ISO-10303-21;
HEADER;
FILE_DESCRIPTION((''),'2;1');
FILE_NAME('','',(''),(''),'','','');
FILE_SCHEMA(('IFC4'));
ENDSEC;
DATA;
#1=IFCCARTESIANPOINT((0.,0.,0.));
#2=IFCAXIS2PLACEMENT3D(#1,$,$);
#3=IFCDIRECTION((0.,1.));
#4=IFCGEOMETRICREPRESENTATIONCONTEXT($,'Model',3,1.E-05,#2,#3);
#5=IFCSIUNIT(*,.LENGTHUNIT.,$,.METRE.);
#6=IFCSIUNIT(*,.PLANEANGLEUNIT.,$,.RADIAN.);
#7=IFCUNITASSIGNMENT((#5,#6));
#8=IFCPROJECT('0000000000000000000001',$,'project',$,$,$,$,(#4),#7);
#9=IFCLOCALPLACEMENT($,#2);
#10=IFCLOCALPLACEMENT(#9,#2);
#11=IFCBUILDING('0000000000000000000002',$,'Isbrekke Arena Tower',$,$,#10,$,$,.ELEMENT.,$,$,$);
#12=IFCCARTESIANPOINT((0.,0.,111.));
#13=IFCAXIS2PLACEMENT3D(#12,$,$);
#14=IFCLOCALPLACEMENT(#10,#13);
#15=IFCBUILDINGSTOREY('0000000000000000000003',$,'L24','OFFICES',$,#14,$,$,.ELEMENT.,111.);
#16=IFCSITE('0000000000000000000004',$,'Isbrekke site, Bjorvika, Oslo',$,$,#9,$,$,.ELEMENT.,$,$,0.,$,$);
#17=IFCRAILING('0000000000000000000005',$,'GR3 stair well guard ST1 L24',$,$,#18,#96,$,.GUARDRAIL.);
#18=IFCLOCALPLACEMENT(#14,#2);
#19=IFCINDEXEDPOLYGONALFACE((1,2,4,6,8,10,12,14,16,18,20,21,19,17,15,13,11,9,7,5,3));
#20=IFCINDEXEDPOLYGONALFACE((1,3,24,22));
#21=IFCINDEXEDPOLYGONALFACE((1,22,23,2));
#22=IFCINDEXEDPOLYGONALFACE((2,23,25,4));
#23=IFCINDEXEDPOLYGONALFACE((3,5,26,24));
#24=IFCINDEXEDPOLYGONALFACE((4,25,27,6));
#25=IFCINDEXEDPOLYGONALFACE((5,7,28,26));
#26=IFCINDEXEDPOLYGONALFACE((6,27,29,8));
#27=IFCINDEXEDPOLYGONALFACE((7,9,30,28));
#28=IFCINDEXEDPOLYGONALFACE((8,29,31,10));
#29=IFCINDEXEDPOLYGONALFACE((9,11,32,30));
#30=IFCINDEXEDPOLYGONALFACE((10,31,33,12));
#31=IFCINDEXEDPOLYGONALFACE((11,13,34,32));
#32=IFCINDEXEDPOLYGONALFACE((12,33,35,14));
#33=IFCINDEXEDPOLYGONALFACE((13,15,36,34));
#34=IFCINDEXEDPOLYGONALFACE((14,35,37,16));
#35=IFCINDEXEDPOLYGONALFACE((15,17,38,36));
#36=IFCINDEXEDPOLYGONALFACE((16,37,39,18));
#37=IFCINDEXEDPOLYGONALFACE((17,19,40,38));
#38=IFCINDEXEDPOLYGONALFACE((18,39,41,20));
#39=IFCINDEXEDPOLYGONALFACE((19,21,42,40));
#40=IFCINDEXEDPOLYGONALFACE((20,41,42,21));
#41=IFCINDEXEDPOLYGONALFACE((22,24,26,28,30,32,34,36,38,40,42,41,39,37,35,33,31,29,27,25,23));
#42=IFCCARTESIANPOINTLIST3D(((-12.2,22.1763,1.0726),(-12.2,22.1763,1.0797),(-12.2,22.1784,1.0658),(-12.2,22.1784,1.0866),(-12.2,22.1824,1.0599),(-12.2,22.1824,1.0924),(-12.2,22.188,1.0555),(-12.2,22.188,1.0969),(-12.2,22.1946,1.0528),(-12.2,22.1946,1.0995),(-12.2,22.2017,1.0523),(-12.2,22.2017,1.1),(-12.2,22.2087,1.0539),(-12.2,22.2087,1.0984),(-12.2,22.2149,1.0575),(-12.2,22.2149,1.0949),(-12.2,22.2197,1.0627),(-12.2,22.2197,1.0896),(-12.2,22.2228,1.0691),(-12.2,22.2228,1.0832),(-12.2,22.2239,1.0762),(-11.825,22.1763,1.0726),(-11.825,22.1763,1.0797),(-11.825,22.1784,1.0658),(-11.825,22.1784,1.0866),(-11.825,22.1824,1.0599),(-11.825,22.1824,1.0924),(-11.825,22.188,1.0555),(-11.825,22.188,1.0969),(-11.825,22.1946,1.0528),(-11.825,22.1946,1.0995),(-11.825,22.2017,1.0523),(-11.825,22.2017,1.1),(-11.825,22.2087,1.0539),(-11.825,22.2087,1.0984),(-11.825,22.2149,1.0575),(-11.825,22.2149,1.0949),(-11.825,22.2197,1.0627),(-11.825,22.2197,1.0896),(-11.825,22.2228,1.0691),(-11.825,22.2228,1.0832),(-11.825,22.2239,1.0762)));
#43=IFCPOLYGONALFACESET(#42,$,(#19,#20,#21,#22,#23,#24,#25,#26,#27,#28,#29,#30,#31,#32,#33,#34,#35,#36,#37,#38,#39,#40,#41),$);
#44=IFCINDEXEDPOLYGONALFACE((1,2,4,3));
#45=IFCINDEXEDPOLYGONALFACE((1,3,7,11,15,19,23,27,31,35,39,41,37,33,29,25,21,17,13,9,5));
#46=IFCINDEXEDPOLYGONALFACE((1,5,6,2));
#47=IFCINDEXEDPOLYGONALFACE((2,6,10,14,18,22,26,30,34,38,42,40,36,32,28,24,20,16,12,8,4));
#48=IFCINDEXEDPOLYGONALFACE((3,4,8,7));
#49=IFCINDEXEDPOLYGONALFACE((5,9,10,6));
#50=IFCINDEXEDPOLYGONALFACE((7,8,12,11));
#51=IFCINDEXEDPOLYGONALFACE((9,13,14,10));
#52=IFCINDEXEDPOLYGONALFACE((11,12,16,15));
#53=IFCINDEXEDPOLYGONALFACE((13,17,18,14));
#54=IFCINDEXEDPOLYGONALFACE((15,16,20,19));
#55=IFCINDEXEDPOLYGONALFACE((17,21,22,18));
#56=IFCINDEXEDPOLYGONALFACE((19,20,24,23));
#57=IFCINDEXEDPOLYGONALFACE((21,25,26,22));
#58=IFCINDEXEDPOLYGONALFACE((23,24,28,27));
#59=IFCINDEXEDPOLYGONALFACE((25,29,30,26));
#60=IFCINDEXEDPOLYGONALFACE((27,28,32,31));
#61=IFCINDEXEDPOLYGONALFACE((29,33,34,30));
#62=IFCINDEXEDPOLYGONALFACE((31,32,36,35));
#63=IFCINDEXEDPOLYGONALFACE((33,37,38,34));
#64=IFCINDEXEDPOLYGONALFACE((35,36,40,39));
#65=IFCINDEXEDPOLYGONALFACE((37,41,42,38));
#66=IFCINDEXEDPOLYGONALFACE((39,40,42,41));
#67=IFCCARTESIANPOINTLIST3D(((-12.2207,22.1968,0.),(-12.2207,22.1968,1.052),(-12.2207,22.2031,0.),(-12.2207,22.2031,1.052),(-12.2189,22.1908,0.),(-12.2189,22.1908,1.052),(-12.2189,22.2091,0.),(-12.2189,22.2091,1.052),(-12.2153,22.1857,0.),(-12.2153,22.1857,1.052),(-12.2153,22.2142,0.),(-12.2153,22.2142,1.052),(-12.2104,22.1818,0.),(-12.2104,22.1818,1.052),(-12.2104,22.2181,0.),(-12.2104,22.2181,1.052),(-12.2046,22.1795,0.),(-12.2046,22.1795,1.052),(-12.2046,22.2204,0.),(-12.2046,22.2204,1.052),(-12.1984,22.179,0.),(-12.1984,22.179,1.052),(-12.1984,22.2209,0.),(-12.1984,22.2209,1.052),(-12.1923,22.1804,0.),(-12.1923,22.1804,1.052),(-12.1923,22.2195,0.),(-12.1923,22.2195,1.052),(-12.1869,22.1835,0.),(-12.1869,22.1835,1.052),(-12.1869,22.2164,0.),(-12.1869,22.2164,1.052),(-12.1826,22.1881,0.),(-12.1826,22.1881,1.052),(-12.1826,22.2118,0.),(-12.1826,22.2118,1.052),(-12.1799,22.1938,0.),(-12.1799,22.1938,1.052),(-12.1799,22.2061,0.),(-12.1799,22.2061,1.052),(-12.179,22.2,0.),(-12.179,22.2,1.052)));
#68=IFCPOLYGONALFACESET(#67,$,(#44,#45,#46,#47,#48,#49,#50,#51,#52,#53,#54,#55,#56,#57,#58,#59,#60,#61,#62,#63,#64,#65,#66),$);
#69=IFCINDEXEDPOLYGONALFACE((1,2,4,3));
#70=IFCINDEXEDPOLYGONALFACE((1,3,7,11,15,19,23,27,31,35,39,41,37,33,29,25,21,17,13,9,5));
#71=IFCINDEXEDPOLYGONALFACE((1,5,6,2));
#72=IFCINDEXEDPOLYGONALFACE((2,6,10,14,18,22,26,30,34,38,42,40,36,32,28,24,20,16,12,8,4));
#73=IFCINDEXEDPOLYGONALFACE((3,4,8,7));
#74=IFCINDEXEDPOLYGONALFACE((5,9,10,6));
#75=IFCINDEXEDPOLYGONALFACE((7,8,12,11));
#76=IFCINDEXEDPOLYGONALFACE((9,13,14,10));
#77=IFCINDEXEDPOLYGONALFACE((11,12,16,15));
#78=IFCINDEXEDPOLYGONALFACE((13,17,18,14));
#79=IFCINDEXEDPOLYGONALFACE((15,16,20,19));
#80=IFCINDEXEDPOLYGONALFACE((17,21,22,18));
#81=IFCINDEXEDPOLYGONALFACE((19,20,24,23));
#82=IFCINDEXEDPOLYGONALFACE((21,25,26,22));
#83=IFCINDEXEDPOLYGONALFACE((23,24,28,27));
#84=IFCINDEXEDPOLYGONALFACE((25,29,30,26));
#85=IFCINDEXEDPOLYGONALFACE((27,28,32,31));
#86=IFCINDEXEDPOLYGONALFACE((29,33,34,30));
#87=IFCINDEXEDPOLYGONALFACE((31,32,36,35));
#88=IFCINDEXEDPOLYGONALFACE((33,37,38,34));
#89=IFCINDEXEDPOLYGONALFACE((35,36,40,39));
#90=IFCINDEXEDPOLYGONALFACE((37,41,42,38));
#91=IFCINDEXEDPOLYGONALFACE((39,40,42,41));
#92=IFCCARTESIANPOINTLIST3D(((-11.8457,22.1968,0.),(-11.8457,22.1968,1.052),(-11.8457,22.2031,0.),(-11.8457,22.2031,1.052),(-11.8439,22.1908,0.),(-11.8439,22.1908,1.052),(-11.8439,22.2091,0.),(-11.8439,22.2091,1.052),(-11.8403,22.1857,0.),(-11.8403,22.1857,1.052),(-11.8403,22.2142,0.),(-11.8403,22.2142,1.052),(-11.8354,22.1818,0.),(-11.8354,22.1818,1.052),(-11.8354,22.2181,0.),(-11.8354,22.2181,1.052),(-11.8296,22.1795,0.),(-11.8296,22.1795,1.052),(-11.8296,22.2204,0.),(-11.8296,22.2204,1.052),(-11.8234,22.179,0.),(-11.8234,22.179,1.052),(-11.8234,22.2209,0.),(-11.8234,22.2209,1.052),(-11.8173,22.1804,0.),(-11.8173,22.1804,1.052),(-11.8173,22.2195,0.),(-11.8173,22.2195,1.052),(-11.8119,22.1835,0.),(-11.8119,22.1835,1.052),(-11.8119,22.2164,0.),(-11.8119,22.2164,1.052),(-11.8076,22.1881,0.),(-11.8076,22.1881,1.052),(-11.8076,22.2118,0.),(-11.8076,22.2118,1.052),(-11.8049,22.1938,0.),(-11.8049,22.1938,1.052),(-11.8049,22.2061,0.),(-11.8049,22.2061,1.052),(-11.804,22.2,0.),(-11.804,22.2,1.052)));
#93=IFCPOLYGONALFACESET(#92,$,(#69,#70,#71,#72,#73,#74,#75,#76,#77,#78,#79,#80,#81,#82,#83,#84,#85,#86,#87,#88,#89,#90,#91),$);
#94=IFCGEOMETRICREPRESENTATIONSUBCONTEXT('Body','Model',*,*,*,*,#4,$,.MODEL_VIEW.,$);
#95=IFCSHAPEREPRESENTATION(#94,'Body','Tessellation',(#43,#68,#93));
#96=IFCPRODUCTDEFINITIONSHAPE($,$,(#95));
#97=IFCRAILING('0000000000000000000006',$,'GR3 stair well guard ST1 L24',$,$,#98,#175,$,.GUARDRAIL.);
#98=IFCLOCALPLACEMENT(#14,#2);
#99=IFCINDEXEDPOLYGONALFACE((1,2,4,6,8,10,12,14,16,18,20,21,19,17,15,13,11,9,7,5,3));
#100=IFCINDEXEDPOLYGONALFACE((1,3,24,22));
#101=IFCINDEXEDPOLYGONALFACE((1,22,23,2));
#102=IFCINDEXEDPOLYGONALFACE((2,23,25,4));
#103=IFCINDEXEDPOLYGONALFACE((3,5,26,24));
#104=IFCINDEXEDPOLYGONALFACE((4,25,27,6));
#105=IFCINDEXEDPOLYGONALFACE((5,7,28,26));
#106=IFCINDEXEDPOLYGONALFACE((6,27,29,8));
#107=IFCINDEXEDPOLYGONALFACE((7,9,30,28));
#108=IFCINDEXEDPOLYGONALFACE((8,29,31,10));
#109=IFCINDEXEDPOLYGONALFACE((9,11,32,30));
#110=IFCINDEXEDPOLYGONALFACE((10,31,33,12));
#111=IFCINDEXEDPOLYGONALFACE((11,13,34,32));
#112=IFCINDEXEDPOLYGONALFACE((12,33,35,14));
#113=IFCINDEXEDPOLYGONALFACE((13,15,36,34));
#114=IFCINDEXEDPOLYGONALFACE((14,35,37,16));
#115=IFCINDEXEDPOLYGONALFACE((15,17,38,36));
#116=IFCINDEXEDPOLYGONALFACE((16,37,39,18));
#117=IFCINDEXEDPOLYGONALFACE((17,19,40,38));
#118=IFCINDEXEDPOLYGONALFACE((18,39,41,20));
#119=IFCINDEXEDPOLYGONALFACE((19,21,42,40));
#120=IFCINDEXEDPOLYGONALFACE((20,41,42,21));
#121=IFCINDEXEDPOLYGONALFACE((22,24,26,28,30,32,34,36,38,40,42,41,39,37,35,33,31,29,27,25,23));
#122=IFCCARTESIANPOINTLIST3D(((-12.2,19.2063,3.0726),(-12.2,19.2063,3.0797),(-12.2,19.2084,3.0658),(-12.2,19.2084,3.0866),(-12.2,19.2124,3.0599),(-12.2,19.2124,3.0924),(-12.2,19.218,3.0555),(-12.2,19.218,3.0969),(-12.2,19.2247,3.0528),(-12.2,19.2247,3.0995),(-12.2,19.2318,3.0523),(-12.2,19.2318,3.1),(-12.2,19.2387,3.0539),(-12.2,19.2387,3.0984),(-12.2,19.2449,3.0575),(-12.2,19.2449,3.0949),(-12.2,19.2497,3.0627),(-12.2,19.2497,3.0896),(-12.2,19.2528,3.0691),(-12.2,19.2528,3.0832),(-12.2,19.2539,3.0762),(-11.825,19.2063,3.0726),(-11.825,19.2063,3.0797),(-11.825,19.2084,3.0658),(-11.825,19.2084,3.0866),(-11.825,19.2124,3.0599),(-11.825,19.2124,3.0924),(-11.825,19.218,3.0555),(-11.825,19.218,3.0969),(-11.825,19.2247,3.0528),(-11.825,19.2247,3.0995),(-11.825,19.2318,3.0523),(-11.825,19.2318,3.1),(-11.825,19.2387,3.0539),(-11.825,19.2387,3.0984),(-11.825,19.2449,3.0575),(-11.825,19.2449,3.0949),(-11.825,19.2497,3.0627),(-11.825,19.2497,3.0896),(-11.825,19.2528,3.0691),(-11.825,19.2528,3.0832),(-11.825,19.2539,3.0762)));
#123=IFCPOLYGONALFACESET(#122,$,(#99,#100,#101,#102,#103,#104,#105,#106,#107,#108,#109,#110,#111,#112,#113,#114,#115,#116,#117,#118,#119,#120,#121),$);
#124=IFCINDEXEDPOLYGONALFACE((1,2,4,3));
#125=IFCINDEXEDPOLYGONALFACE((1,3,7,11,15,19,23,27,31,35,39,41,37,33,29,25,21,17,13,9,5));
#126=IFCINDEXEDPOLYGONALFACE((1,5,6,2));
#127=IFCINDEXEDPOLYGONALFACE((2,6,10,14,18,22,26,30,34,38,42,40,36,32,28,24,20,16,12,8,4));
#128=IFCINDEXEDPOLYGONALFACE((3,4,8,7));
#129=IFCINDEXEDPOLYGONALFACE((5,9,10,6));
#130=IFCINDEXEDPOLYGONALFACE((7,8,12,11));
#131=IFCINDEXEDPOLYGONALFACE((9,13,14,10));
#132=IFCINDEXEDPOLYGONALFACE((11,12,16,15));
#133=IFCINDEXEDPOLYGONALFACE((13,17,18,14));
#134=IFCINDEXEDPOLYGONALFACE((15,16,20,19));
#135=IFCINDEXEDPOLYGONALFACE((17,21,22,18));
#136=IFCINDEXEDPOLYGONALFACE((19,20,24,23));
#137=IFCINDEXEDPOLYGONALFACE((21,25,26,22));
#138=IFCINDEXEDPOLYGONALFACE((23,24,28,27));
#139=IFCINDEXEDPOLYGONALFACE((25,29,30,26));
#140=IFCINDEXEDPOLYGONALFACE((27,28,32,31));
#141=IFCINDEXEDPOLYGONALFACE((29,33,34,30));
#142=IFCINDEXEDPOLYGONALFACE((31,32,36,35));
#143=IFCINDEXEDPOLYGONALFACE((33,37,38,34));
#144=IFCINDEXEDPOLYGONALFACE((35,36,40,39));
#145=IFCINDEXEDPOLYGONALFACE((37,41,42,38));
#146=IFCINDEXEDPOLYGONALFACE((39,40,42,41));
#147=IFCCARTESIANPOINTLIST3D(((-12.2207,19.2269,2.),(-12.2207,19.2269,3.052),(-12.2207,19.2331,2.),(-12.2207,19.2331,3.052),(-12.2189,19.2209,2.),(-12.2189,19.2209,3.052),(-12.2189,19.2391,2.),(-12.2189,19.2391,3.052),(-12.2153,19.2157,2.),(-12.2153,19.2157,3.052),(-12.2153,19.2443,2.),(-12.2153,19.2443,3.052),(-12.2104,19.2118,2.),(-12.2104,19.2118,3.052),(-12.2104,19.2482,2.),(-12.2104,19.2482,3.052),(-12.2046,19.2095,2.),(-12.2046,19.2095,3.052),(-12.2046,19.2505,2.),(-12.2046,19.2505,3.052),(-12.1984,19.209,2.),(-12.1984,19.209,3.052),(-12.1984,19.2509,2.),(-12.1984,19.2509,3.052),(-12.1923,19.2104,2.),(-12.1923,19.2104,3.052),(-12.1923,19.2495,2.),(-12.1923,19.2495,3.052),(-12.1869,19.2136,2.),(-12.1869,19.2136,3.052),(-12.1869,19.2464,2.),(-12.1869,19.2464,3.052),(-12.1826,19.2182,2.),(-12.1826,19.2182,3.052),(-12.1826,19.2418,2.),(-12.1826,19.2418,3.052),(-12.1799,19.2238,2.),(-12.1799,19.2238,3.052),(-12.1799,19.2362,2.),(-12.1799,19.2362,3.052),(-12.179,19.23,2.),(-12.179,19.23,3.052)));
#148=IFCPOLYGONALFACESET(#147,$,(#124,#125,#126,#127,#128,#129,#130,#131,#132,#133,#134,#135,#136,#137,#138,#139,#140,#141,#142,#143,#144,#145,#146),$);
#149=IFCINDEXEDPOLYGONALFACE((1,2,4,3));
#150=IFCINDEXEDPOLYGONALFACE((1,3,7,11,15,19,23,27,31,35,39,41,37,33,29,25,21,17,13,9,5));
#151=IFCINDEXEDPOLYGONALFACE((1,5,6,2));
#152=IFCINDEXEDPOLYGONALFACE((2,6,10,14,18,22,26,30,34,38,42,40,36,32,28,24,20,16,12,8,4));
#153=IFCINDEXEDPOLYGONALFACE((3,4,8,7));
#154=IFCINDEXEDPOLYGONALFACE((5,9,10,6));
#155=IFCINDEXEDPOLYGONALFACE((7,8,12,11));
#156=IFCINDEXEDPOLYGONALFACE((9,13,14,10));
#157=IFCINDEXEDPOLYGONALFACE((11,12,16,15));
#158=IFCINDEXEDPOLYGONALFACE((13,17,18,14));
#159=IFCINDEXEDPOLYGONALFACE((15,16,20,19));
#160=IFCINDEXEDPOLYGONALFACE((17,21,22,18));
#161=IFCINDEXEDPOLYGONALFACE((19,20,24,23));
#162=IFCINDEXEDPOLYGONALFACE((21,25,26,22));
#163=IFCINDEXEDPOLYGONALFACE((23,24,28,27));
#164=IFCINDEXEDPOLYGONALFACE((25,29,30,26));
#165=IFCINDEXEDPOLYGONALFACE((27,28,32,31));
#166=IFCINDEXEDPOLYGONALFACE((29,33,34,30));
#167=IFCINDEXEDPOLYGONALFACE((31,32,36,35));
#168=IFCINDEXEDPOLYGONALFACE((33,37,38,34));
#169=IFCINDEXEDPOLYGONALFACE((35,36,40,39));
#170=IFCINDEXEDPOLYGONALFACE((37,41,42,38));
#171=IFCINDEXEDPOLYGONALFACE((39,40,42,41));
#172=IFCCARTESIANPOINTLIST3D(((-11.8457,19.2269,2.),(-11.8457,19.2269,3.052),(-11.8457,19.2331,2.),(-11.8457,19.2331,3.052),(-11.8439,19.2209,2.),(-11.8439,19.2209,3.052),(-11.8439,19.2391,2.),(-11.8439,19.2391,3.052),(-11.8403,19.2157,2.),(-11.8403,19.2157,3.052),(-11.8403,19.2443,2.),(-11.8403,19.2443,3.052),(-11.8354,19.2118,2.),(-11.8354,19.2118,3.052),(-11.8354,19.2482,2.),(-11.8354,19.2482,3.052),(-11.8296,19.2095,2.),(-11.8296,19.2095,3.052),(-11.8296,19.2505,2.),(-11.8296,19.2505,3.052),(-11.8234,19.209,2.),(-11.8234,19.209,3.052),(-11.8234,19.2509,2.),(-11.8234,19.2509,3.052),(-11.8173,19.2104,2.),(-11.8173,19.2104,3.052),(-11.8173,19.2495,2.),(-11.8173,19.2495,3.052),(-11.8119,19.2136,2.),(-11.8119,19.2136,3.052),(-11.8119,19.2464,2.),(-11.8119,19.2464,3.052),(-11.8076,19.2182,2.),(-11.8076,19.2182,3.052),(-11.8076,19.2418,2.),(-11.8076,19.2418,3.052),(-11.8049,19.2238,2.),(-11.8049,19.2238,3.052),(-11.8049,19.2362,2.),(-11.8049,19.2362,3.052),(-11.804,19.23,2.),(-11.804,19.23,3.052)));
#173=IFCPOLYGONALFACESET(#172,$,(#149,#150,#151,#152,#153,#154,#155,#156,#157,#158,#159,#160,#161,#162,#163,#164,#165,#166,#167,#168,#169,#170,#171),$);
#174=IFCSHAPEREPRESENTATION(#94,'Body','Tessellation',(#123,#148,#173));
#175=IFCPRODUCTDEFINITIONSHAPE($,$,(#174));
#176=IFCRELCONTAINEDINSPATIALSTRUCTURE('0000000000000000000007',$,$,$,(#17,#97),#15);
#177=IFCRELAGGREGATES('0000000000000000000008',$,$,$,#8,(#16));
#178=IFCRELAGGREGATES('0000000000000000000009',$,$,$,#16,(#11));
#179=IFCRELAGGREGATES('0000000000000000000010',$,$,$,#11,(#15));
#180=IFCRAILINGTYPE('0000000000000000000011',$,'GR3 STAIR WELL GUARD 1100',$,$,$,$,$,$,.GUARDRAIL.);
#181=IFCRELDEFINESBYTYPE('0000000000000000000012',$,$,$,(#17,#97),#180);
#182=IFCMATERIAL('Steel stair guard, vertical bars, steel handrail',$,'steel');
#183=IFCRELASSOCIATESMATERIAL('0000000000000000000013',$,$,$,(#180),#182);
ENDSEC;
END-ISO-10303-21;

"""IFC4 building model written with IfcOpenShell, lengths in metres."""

from ifc_helpers import new_model, si_unit, direction, frame, origin, origin_2d, place, context, subcontext, project, spatial, circle, extrude, material, type_object, element, save


model = new_model("IFC4")

# Units and contexts
model_context = context("Model", 3, precision=1e-05, world=origin(), true_north=direction((0.0, 1.0)))
body_context = subcontext(model_context, "Body", "Model", "MODEL_VIEW")
ifc_project = project(units=[si_unit("LENGTHUNIT", "METRE"), si_unit("PLANEANGLEUNIT", "RADIAN")], contexts=[model_context])

# Site, building, storey
site_placement = place(None, origin())
site = spatial("IfcSite", under=ifc_project, at=site_placement, Name="Isbrekke site, Bjorvika, Oslo", CompositionType="ELEMENT", RefElevation=0.0)
building_placement = place(site_placement, origin())
building = spatial("IfcBuilding", under=site, at=building_placement, Name="Isbrekke Arena Tower", CompositionType="ELEMENT")
storey_placement = place(building_placement, frame((0.0, 0.0, 111.0)))
storey = spatial("IfcBuildingStorey", under=building, at=storey_placement, Name="L24", Description="OFFICES", CompositionType="ELEMENT", Elevation=111.0)

# Railings
ifc_material_1 = material(Name="Steel stair guard, vertical bars, steel handrail", Category="steel")
railing_type = type_object("IfcRailingType", Name="GR3 STAIR WELL GUARD 1100", PredefinedType="GUARDRAIL", material=ifc_material_1)
for number, where, name in (
    (1, (-12.2, 22.2, 0.0), "GR3 stair well guard ST1 L24"),
    (2, (-12.2, 19.23, 2.0), "GR3 stair well guard ST1 L24"),
):
    element("IfcRailing", number, at=place(storey_placement, frame(where)), inside=storey, type_object=railing_type, Name=name, PredefinedType="GUARDRAIL", context=body_context, shape_type="SweptSolid", body=[
        extrude(circle(Radius=0.0239, at=origin_2d()), frame((0.0, 0.0, 1.0762), z_axis=(1.0, 0.0, 0.0), x_axis=(0.0, 1.0, 0.0)), (0.0, 0.0, 1.0), 0.375),
        extrude(circle(Radius=0.021, at=origin_2d()), origin(), (0.0, 0.0, 1.0), 1.052),
        extrude(circle(Radius=0.021, at=origin_2d()), frame((0.375, 0.0, 0.0)), (0.0, 0.0, 1.0), 1.052),
    ])

save(model, "model.ifc")
